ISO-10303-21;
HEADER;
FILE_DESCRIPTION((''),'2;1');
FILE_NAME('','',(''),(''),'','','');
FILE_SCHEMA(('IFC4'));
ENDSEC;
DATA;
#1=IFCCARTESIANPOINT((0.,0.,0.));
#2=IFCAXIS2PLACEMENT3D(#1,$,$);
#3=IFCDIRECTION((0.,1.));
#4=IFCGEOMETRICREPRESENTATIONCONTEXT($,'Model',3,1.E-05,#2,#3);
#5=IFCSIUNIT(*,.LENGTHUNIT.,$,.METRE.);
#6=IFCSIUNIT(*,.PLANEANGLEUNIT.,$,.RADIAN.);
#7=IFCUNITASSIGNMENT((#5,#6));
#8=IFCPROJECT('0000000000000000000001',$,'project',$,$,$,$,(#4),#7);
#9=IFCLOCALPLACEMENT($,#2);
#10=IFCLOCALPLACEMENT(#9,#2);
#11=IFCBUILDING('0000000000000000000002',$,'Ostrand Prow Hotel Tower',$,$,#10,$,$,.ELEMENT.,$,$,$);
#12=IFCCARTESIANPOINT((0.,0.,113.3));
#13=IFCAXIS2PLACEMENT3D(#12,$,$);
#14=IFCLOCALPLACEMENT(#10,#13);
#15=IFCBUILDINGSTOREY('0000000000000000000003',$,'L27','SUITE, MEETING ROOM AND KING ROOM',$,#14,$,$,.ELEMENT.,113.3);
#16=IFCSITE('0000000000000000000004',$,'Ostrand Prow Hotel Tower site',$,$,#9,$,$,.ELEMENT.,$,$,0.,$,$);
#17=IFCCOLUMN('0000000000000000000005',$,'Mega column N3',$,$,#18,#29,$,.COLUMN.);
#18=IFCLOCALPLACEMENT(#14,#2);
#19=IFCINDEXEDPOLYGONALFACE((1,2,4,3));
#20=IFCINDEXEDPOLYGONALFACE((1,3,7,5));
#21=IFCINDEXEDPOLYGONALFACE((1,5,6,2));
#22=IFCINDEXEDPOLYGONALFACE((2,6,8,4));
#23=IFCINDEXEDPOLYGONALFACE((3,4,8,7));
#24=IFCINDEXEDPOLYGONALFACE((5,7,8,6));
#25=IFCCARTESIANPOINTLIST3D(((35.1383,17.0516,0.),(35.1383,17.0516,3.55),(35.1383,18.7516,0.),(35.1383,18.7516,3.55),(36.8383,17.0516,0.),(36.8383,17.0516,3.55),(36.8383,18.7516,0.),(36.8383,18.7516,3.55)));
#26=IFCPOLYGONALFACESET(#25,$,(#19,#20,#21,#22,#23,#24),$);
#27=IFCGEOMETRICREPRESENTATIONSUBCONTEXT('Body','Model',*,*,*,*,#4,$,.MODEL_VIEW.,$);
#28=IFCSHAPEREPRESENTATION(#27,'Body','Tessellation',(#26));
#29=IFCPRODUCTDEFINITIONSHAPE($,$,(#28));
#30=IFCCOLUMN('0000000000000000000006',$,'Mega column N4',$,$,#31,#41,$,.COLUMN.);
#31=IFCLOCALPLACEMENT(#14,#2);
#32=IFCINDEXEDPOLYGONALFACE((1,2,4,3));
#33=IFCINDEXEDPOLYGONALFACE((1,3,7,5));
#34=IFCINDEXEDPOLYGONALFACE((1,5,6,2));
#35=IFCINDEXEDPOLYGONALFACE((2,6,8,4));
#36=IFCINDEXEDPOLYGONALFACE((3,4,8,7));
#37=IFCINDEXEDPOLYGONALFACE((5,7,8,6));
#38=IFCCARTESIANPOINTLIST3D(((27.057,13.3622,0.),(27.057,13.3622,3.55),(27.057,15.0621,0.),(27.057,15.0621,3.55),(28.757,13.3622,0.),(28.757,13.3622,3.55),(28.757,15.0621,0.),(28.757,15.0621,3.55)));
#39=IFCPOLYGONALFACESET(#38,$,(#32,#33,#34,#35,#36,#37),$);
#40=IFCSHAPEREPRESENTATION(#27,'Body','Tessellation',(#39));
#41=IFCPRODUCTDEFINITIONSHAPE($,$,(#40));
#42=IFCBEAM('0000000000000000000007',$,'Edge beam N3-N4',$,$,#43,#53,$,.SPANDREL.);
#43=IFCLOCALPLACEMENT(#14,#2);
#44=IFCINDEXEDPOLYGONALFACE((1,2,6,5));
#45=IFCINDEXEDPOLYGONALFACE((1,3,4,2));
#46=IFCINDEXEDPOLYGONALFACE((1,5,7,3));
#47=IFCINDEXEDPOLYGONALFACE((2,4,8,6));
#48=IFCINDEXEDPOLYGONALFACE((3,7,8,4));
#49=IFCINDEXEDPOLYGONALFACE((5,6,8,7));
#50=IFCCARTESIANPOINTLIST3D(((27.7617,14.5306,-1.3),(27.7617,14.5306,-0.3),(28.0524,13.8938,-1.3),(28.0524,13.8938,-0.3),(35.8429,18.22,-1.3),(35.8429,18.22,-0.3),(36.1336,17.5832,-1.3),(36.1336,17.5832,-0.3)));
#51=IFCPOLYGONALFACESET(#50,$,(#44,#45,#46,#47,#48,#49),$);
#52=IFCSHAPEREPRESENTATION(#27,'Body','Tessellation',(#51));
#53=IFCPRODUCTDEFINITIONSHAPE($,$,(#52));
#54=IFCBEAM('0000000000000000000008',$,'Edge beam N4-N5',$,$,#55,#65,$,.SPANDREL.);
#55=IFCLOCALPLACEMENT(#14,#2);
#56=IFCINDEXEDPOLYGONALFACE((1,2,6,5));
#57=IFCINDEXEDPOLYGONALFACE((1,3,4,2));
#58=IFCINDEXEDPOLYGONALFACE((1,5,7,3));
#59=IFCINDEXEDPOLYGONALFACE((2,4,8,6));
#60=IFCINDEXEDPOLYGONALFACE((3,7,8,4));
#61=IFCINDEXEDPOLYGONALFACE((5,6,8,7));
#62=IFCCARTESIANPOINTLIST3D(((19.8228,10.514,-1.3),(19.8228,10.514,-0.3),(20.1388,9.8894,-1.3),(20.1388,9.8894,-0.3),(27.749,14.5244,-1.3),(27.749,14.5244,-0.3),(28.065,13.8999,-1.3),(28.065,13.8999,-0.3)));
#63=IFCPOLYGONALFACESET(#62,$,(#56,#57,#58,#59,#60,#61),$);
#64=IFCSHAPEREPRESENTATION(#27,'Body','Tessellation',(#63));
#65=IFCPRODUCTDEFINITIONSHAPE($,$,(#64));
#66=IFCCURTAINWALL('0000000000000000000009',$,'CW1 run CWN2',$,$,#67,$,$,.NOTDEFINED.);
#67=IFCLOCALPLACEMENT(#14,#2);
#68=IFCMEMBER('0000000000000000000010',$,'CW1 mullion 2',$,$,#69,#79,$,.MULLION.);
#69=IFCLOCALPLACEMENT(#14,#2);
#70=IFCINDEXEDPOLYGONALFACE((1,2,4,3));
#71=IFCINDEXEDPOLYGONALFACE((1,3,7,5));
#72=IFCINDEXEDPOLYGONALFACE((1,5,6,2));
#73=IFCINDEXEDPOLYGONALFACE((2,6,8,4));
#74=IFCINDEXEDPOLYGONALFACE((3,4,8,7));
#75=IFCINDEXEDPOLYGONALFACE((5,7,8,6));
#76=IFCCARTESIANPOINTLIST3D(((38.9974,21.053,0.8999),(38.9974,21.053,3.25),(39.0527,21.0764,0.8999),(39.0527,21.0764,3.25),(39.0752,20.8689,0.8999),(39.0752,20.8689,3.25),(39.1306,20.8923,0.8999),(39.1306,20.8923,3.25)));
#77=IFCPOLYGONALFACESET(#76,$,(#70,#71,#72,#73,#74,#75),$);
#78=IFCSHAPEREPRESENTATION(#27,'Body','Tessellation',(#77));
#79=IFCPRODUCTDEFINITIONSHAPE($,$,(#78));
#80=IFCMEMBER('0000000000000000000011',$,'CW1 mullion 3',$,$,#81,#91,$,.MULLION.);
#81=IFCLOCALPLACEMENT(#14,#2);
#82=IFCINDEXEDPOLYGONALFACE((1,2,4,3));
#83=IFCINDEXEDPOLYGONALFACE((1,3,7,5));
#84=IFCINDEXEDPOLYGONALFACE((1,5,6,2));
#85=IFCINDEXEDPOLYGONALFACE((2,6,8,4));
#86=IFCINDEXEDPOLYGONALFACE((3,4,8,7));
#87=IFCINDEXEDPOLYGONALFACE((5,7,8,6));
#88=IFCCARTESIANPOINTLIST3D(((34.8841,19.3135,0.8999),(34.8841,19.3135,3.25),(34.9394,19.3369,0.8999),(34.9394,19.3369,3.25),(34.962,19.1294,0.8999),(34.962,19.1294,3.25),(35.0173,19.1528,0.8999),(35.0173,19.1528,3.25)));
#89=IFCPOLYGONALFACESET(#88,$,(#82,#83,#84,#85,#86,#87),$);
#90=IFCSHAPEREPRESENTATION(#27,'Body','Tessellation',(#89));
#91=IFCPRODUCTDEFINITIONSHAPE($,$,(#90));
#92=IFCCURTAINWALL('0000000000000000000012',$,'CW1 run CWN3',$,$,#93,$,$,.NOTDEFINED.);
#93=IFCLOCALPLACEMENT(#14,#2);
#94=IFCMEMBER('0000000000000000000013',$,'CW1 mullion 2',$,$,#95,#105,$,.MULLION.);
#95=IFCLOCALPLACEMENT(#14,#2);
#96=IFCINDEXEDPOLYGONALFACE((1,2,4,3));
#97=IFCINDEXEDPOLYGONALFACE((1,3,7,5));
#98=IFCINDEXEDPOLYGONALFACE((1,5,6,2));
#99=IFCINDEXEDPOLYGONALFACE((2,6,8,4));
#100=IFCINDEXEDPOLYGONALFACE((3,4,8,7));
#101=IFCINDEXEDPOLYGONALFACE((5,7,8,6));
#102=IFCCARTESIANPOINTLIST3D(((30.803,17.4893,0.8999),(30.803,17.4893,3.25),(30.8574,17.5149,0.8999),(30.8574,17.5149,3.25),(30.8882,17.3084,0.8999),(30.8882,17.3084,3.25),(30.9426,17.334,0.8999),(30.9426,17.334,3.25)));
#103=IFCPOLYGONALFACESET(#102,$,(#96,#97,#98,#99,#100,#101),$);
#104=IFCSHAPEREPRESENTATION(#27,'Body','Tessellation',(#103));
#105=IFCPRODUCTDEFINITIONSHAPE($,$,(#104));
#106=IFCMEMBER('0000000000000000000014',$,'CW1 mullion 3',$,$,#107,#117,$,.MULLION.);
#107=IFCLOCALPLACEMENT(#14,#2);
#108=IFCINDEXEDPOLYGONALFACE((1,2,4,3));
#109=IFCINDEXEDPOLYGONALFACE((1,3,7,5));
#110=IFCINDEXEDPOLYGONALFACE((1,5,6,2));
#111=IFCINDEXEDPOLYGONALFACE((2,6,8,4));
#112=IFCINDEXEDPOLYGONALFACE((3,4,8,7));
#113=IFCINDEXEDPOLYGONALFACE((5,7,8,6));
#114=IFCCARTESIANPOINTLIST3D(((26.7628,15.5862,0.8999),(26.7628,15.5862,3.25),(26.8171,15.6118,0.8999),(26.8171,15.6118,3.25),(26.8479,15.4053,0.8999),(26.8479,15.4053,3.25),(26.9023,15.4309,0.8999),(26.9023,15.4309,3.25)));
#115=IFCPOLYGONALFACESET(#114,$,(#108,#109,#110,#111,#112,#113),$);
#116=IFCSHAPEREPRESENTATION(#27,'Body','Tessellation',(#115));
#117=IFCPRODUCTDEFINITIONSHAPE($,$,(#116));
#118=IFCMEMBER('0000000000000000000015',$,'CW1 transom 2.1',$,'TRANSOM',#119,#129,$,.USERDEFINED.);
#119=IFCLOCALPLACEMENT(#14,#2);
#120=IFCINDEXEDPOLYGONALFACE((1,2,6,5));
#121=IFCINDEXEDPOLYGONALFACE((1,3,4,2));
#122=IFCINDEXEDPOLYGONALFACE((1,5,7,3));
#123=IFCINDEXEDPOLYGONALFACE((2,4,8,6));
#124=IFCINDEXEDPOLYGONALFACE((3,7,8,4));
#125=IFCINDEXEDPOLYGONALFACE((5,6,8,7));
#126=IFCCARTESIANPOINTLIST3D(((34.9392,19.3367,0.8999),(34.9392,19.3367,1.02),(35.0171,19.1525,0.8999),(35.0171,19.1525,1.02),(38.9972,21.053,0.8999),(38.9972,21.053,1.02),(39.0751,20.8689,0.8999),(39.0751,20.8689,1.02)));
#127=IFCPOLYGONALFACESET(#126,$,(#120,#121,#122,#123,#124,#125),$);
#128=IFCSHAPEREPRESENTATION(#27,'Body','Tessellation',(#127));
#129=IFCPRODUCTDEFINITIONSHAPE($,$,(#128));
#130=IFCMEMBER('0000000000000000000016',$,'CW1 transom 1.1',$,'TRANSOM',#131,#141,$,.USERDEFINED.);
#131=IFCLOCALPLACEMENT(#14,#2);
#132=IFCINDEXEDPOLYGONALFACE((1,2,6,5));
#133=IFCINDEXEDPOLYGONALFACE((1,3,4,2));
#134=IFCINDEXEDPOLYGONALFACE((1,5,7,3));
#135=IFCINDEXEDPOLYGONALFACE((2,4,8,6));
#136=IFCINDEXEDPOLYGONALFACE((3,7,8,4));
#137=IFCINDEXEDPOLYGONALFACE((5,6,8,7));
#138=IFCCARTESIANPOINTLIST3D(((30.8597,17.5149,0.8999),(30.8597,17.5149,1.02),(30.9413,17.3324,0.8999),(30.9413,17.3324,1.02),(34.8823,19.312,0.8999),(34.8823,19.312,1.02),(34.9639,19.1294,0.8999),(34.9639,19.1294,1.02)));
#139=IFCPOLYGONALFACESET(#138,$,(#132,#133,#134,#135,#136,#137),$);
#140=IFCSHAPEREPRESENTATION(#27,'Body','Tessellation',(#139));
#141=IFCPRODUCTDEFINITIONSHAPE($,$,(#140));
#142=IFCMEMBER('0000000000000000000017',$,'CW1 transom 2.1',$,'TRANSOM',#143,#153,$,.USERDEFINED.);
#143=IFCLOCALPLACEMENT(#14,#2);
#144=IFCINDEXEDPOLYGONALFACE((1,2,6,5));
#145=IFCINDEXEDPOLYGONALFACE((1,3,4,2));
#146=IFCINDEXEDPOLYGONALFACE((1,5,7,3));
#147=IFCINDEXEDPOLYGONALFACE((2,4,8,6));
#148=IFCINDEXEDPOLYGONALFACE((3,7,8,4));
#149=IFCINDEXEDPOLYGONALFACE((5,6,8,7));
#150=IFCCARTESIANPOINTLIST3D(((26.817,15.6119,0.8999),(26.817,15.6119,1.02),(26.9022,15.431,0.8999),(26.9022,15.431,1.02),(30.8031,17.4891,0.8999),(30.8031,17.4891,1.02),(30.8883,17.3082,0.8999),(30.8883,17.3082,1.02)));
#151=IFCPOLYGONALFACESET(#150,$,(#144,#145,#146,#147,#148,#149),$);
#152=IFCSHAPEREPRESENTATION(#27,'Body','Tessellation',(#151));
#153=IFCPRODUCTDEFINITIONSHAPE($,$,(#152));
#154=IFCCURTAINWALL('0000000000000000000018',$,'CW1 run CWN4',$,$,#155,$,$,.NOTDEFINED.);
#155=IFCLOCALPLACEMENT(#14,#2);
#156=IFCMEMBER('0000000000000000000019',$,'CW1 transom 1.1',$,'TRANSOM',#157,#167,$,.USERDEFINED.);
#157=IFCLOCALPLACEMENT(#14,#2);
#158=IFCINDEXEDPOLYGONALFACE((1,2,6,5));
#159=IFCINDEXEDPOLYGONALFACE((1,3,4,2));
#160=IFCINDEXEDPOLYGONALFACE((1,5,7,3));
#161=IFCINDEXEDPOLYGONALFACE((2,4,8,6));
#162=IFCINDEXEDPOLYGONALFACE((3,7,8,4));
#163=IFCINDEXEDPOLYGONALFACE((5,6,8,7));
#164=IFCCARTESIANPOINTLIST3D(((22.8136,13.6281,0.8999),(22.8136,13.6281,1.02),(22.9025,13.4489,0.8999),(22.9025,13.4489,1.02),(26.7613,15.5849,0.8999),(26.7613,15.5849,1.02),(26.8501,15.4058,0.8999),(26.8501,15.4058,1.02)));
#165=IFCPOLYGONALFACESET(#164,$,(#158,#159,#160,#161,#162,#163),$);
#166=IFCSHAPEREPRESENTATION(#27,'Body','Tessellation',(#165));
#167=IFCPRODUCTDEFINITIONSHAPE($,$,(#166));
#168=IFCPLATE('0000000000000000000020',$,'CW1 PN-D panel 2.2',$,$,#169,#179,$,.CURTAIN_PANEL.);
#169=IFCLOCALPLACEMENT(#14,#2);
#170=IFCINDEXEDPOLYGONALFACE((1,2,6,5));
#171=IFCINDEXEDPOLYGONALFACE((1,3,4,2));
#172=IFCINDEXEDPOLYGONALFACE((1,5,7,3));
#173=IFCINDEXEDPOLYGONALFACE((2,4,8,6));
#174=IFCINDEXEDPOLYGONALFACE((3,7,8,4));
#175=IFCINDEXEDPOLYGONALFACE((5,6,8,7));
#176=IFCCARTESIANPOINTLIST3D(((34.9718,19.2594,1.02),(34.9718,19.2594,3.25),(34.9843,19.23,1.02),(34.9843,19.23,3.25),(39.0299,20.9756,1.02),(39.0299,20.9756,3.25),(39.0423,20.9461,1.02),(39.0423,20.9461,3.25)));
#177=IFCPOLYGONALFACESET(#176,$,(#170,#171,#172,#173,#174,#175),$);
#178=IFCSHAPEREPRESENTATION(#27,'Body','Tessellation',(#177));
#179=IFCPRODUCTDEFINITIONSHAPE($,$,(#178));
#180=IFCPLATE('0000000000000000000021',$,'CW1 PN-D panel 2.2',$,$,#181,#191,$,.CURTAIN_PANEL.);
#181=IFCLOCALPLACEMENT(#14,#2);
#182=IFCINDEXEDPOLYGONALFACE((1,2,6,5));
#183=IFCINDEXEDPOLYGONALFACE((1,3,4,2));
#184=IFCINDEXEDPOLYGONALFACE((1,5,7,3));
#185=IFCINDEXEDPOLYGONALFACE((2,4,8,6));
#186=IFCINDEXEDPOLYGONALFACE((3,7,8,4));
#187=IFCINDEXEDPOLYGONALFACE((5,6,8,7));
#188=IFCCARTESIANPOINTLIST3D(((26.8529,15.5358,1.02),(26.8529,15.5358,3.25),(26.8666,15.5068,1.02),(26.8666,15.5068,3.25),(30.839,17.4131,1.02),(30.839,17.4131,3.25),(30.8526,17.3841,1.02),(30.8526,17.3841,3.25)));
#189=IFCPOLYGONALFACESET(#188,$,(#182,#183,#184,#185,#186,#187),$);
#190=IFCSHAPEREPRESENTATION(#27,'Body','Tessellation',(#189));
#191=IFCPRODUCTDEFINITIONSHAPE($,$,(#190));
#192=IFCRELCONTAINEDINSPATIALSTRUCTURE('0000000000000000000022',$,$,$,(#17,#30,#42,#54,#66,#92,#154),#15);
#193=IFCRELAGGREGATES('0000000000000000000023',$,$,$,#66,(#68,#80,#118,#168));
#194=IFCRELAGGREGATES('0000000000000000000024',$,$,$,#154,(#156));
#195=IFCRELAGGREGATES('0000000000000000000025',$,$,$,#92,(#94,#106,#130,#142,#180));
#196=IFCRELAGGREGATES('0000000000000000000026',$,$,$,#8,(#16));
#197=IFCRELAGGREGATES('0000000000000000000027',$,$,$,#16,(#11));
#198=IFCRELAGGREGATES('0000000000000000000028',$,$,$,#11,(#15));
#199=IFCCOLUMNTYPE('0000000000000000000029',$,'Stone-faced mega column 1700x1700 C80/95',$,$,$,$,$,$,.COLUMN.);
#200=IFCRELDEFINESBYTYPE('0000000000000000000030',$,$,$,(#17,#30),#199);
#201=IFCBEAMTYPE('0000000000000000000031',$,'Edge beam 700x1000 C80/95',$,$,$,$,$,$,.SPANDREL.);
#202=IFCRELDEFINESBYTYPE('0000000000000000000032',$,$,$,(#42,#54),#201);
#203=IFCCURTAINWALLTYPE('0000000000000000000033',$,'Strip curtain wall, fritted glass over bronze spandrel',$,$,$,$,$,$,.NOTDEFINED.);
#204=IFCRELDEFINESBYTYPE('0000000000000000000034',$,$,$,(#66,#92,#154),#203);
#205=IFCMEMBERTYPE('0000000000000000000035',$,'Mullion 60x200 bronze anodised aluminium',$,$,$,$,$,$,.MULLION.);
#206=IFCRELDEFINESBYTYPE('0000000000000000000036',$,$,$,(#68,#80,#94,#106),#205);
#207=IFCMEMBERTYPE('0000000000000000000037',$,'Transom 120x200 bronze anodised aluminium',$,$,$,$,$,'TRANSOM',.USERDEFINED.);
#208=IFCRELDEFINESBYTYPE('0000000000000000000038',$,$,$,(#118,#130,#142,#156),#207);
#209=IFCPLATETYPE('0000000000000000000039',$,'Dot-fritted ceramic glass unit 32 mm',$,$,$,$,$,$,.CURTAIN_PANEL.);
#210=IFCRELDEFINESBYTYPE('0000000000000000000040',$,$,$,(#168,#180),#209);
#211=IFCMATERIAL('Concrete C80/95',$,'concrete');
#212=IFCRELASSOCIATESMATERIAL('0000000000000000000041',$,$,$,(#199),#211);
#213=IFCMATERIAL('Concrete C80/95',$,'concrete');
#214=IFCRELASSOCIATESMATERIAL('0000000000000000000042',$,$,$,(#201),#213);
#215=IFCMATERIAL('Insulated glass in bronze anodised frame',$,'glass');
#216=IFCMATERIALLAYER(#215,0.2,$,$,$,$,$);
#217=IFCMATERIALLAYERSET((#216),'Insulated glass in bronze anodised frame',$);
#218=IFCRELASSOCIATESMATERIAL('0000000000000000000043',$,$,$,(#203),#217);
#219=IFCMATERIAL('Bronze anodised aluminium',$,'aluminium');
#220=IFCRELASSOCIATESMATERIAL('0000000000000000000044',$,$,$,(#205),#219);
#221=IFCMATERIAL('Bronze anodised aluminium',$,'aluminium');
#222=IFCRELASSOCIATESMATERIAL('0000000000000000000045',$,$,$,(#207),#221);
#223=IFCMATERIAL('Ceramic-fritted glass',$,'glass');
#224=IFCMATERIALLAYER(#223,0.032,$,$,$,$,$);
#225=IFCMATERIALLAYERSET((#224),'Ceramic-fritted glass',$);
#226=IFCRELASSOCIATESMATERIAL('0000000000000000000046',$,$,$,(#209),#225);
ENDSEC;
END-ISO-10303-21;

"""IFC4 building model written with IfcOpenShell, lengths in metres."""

from ifc_helpers import new_model, si_unit, direction, frame, origin, origin_2d, place, context, subcontext, project, spatial, rectangle, extrude, material, layer, layer_set, material_profile, profile_set, type_object, element, aggregate, save


model = new_model("IFC4")

# Units and contexts
model_context = context("Model", 3, precision=1e-05, world=origin(), true_north=direction((0.0, 1.0)))
body_context = subcontext(model_context, "Body", "Model", "MODEL_VIEW")
ifc_project = project(units=[si_unit("LENGTHUNIT", "METRE"), si_unit("PLANEANGLEUNIT", "RADIAN")], contexts=[model_context])

# Site, building, storey
site_placement = place(None, origin())
site = spatial("IfcSite", under=ifc_project, at=site_placement, Name="Ostrand Prow Hotel Tower site", CompositionType="ELEMENT", RefElevation=0.0)
building_placement = place(site_placement, origin())
building = spatial("IfcBuilding", under=site, at=building_placement, Name="Ostrand Prow Hotel Tower", CompositionType="ELEMENT")
storey_placement = place(building_placement, frame((0.0, 0.0, 113.3)))
storey = spatial("IfcBuildingStorey", under=building, at=storey_placement, Name="L27", Description="SUITE, MEETING ROOM AND KING ROOM", CompositionType="ELEMENT", Elevation=113.3)

# Columns
ifc_material_1 = material(Name="Concrete C80/95", Category="concrete")
ifc_material_profile_1 = material_profile(ifc_material_1, rectangle(XDim=1.7, YDim=1.7, at=origin_2d()), Name="RC 1700x1700")
ifc_profile_set_1 = profile_set([ifc_material_profile_1], Name="Concrete C80/95")
column_type = type_object("IfcColumnType", Name="Stone-faced mega column 1700x1700 C80/95", PredefinedType="COLUMN", material=ifc_profile_set_1)
for number, where, z_axis, x_axis, name in (
    (1, (35.9883, 17.9016, 0.0), (0.0, 0.0, 1.0), (1.0, 0.0, 0.0), "Mega column N3"),
    (2, (27.907, 14.2122, 0.0), (0.0, 0.0, 1.0), (1.0, 0.0, 0.0), "Mega column N4"),
):
    element("IfcColumn", number, at=place(storey_placement, frame(where, z_axis=z_axis, x_axis=x_axis)), inside=storey, type_object=column_type, Name=name, PredefinedType="COLUMN", context=body_context, shape_type="SweptSolid", body=[
        extrude(rectangle(XDim=1.7, YDim=1.7, at=origin_2d()), origin(), (0.0, 0.0, 1.0), 3.55),
    ])

# Beams
ifc_material_2 = material(Name="Concrete C80/95", Category="concrete")
ifc_material_profile_2 = material_profile(ifc_material_2, rectangle(XDim=0.7, YDim=1.0, at=origin_2d()), Name="RC 700x1000")
ifc_profile_set_2 = profile_set([ifc_material_profile_2], Name="Concrete C80/95")
beam_type = type_object("IfcBeamType", Name="Edge beam 700x1000 C80/95", PredefinedType="SPANDREL", material=ifc_profile_set_2)
beam_1_placement = place(storey_placement, frame((35.9883, 17.9016, -0.8), z_axis=(-0.909681, -0.415308, 0.0), x_axis=(0.415308, -0.909681, 0.0)))
element("IfcBeam", 3, at=beam_1_placement, inside=storey, type_object=beam_type, Name="Edge beam N3-N4", PredefinedType="SPANDREL", context=body_context, shape_type="SweptSolid", body=[
    extrude(rectangle(XDim=0.7, YDim=1.0, at=origin_2d()), origin(), (0.0, 0.0, 1.0), 8.8835),
])
beam_2_placement = place(storey_placement, frame((27.907, 14.2122, -0.8), z_axis=(-0.892284, -0.451474, 0.0), x_axis=(0.451474, -0.892284, 0.0)))
element("IfcBeam", 4, at=beam_2_placement, inside=storey, type_object=beam_type, Name="Edge beam N4-N5", PredefinedType="SPANDREL", context=body_context, shape_type="SweptSolid", body=[
    extrude(rectangle(XDim=0.7, YDim=1.0, at=origin_2d()), origin(), (0.0, 0.0, 1.0), 8.8831),
])

# Curtain walls, members
ifc_material_3 = material(Name="Insulated glass in bronze anodised frame", Category="glass")
ifc_layer_1 = layer(ifc_material_3, 0.2)
ifc_layer_set_1 = layer_set([ifc_layer_1], Name="Insulated glass in bronze anodised frame")
curtain_wall_type = type_object("IfcCurtainWallType", Name="Strip curtain wall, fritted glass over bronze spandrel", PredefinedType="NOTDEFINED", material=ifc_layer_set_1)
curtain_wall_1_placement = place(storey_placement, origin())
curtain_wall_1 = element("IfcCurtainWall", 5, at=curtain_wall_1_placement, inside=storey, type_object=curtain_wall_type, Name="CW1 run CWN2", PredefinedType="NOTDEFINED")
ifc_material_4 = material(Name="Bronze anodised aluminium", Category="aluminium")
ifc_material_profile_3 = material_profile(ifc_material_4, rectangle(XDim=0.2, YDim=0.0601, at=origin_2d()), Name="Mullion 60x200 bronze anodised aluminium")
ifc_profile_set_3 = profile_set([ifc_material_profile_3], Name="Bronze anodised aluminium")
member_type_1 = type_object("IfcMemberType", Name="Mullion 60x200 bronze anodised aluminium", PredefinedType="MULLION", material=ifc_profile_set_3)
member_1_placement = place(storey_placement, frame((39.064, 20.9727, 0.8999), z_axis=(0.0, 0.0, 1.0), x_axis=(0.389507, -0.921024, 0.0)))
member_1 = element("IfcMember", 6, at=member_1_placement, type_object=member_type_1, Name="CW1 mullion 2", PredefinedType="MULLION", context=body_context, shape_type="SweptSolid", body=[
    extrude(rectangle(XDim=0.2, YDim=0.0601, at=origin_2d()), origin(), (0.0, 0.0, 1.0), 2.3501),
])
member_2_placement = place(storey_placement, frame((34.9507, 19.2332, 0.8999), z_axis=(0.0, 0.0, 1.0), x_axis=(0.389507, -0.921024, 0.0)))
member_2 = element("IfcMember", 7, at=member_2_placement, type_object=member_type_1, Name="CW1 mullion 3", PredefinedType="MULLION", context=body_context, shape_type="SweptSolid", body=[
    extrude(rectangle(XDim=0.2, YDim=0.0601, at=origin_2d()), origin(), (0.0, 0.0, 1.0), 2.3501),
])
curtain_wall_2_placement = place(storey_placement, origin())
curtain_wall_2 = element("IfcCurtainWall", 8, at=curtain_wall_2_placement, inside=storey, type_object=curtain_wall_type, Name="CW1 run CWN3", PredefinedType="NOTDEFINED")
member_3_placement = place(storey_placement, frame((30.8728, 17.4116, 0.8999), z_axis=(0.0, 0.0, 1.0), x_axis=(0.426079, -0.904686, 0.0)))
member_3 = element("IfcMember", 9, at=member_3_placement, type_object=member_type_1, Name="CW1 mullion 2", PredefinedType="MULLION", context=body_context, shape_type="SweptSolid", body=[
    extrude(rectangle(XDim=0.2, YDim=0.0601, at=origin_2d()), origin(), (0.0, 0.0, 1.0), 2.3501),
])
member_4_placement = place(storey_placement, frame((26.8325, 15.5085, 0.8999), z_axis=(0.0, 0.0, 1.0), x_axis=(0.426079, -0.904686, 0.0)))
member_4 = element("IfcMember", 10, at=member_4_placement, type_object=member_type_1, Name="CW1 mullion 3", PredefinedType="MULLION", context=body_context, shape_type="SweptSolid", body=[
    extrude(rectangle(XDim=0.2, YDim=0.0601, at=origin_2d()), origin(), (0.0, 0.0, 1.0), 2.3501),
])

# Members
ifc_material_5 = material(Name="Bronze anodised aluminium", Category="aluminium")
ifc_material_profile_4 = material_profile(ifc_material_5, rectangle(XDim=0.2, YDim=0.1201, at=origin_2d()), Name="Transom 120x200 bronze anodised aluminium")
ifc_profile_set_4 = profile_set([ifc_material_profile_4], Name="Bronze anodised aluminium")
member_type_2 = type_object("IfcMemberType", Name="Transom 120x200 bronze anodised aluminium", ElementType="TRANSOM", PredefinedType="USERDEFINED", material=ifc_profile_set_4)
member_5_placement = place(storey_placement, frame((39.0361, 20.9609, 0.96), z_axis=(-0.921006, -0.389548, 0.0), x_axis=(0.389548, -0.921006, 0.0)))
member_5 = element("IfcMember", 11, at=member_5_placement, type_object=member_type_2, Name="CW1 transom 2.1", ObjectType="TRANSOM", PredefinedType="USERDEFINED", context=body_context, shape_type="SweptSolid", body=[
    extrude(rectangle(XDim=0.2, YDim=0.1201, at=origin_2d()), origin(), (0.0, 0.0, 1.0), 4.406),
])
member_6_placement = place(storey_placement, frame((34.9231, 19.2207, 0.96), z_axis=(-0.913031, -0.407891, 0.0), x_axis=(0.407891, -0.913031, 0.0)))
member_6 = element("IfcMember", 12, at=member_6_placement, type_object=member_type_2, Name="CW1 transom 1.1", ObjectType="TRANSOM", PredefinedType="USERDEFINED", context=body_context, shape_type="SweptSolid", body=[
    extrude(rectangle(XDim=0.2, YDim=0.1201, at=origin_2d()), origin(), (0.0, 0.0, 1.0), 4.4058),
])
member_7_placement = place(storey_placement, frame((30.8457, 17.3987, 0.96), z_axis=(-0.904697, -0.426056, 0.0), x_axis=(0.426056, -0.904697, 0.0)))
member_7 = element("IfcMember", 13, at=member_7_placement, type_object=member_type_2, Name="CW1 transom 2.1", ObjectType="TRANSOM", PredefinedType="USERDEFINED", context=body_context, shape_type="SweptSolid", body=[
    extrude(rectangle(XDim=0.2, YDim=0.1201, at=origin_2d()), origin(), (0.0, 0.0, 1.0), 4.406),
])

# Curtain wall, member
curtain_wall_3_placement = place(storey_placement, origin())
curtain_wall_3 = element("IfcCurtainWall", 14, at=curtain_wall_3_placement, inside=storey, type_object=curtain_wall_type, Name="CW1 run CWN4", PredefinedType="NOTDEFINED")
member_8_placement = place(storey_placement, frame((26.8057, 15.4954, 0.96), z_axis=(-0.895962, -0.44413, 0.0), x_axis=(0.44413, -0.895962, 0.0)))
member_8 = element("IfcMember", 15, at=member_8_placement, type_object=member_type_2, Name="CW1 transom 1.1", ObjectType="TRANSOM", PredefinedType="USERDEFINED", context=body_context, shape_type="SweptSolid", body=[
    extrude(rectangle(XDim=0.2, YDim=0.1201, at=origin_2d()), origin(), (0.0, 0.0, 1.0), 4.406),
])

# Plates
ifc_material_6 = material(Name="Ceramic-fritted glass", Category="glass")
ifc_layer_2 = layer(ifc_material_6, 0.032)
ifc_layer_set_2 = layer_set([ifc_layer_2], Name="Ceramic-fritted glass")
plate_type_1 = type_object("IfcPlateType", Name="Dot-fritted ceramic glass unit 32 mm", PredefinedType="CURTAIN_PANEL", material=ifc_layer_set_2)
plate_1_placement = place(storey_placement, frame((37.0071, 20.1028, 1.02), z_axis=(0.0, 0.0, 1.0), x_axis=(-0.921024, -0.389507, 0.0)))
plate_1 = element("IfcPlate", 16, at=plate_1_placement, type_object=plate_type_1, Name="CW1 PN-D panel 2.2", PredefinedType="CURTAIN_PANEL", context=body_context, shape_type="SweptSolid", body=[
    extrude(rectangle(XDim=4.406, YDim=0.032, at=origin_2d()), origin(), (0.0, 0.0, 1.0), 2.23),
])
aggregate(curtain_wall_1, [member_1, member_2, member_5, plate_1])
plate_2_placement = place(storey_placement, frame((28.8528, 16.46, 1.02), z_axis=(0.0, 0.0, 1.0), x_axis=(-0.904686, -0.426079, 0.0)))
plate_2 = element("IfcPlate", 17, at=plate_2_placement, type_object=plate_type_1, Name="CW1 PN-D panel 2.2", PredefinedType="CURTAIN_PANEL", context=body_context, shape_type="SweptSolid", body=[
    extrude(rectangle(XDim=4.406, YDim=0.032, at=origin_2d()), origin(), (0.0, 0.0, 1.0), 2.23),
])
aggregate(curtain_wall_3, [member_8])
aggregate(curtain_wall_2, [member_3, member_4, member_6, member_7, plate_2])

save(model, "model.ifc")
